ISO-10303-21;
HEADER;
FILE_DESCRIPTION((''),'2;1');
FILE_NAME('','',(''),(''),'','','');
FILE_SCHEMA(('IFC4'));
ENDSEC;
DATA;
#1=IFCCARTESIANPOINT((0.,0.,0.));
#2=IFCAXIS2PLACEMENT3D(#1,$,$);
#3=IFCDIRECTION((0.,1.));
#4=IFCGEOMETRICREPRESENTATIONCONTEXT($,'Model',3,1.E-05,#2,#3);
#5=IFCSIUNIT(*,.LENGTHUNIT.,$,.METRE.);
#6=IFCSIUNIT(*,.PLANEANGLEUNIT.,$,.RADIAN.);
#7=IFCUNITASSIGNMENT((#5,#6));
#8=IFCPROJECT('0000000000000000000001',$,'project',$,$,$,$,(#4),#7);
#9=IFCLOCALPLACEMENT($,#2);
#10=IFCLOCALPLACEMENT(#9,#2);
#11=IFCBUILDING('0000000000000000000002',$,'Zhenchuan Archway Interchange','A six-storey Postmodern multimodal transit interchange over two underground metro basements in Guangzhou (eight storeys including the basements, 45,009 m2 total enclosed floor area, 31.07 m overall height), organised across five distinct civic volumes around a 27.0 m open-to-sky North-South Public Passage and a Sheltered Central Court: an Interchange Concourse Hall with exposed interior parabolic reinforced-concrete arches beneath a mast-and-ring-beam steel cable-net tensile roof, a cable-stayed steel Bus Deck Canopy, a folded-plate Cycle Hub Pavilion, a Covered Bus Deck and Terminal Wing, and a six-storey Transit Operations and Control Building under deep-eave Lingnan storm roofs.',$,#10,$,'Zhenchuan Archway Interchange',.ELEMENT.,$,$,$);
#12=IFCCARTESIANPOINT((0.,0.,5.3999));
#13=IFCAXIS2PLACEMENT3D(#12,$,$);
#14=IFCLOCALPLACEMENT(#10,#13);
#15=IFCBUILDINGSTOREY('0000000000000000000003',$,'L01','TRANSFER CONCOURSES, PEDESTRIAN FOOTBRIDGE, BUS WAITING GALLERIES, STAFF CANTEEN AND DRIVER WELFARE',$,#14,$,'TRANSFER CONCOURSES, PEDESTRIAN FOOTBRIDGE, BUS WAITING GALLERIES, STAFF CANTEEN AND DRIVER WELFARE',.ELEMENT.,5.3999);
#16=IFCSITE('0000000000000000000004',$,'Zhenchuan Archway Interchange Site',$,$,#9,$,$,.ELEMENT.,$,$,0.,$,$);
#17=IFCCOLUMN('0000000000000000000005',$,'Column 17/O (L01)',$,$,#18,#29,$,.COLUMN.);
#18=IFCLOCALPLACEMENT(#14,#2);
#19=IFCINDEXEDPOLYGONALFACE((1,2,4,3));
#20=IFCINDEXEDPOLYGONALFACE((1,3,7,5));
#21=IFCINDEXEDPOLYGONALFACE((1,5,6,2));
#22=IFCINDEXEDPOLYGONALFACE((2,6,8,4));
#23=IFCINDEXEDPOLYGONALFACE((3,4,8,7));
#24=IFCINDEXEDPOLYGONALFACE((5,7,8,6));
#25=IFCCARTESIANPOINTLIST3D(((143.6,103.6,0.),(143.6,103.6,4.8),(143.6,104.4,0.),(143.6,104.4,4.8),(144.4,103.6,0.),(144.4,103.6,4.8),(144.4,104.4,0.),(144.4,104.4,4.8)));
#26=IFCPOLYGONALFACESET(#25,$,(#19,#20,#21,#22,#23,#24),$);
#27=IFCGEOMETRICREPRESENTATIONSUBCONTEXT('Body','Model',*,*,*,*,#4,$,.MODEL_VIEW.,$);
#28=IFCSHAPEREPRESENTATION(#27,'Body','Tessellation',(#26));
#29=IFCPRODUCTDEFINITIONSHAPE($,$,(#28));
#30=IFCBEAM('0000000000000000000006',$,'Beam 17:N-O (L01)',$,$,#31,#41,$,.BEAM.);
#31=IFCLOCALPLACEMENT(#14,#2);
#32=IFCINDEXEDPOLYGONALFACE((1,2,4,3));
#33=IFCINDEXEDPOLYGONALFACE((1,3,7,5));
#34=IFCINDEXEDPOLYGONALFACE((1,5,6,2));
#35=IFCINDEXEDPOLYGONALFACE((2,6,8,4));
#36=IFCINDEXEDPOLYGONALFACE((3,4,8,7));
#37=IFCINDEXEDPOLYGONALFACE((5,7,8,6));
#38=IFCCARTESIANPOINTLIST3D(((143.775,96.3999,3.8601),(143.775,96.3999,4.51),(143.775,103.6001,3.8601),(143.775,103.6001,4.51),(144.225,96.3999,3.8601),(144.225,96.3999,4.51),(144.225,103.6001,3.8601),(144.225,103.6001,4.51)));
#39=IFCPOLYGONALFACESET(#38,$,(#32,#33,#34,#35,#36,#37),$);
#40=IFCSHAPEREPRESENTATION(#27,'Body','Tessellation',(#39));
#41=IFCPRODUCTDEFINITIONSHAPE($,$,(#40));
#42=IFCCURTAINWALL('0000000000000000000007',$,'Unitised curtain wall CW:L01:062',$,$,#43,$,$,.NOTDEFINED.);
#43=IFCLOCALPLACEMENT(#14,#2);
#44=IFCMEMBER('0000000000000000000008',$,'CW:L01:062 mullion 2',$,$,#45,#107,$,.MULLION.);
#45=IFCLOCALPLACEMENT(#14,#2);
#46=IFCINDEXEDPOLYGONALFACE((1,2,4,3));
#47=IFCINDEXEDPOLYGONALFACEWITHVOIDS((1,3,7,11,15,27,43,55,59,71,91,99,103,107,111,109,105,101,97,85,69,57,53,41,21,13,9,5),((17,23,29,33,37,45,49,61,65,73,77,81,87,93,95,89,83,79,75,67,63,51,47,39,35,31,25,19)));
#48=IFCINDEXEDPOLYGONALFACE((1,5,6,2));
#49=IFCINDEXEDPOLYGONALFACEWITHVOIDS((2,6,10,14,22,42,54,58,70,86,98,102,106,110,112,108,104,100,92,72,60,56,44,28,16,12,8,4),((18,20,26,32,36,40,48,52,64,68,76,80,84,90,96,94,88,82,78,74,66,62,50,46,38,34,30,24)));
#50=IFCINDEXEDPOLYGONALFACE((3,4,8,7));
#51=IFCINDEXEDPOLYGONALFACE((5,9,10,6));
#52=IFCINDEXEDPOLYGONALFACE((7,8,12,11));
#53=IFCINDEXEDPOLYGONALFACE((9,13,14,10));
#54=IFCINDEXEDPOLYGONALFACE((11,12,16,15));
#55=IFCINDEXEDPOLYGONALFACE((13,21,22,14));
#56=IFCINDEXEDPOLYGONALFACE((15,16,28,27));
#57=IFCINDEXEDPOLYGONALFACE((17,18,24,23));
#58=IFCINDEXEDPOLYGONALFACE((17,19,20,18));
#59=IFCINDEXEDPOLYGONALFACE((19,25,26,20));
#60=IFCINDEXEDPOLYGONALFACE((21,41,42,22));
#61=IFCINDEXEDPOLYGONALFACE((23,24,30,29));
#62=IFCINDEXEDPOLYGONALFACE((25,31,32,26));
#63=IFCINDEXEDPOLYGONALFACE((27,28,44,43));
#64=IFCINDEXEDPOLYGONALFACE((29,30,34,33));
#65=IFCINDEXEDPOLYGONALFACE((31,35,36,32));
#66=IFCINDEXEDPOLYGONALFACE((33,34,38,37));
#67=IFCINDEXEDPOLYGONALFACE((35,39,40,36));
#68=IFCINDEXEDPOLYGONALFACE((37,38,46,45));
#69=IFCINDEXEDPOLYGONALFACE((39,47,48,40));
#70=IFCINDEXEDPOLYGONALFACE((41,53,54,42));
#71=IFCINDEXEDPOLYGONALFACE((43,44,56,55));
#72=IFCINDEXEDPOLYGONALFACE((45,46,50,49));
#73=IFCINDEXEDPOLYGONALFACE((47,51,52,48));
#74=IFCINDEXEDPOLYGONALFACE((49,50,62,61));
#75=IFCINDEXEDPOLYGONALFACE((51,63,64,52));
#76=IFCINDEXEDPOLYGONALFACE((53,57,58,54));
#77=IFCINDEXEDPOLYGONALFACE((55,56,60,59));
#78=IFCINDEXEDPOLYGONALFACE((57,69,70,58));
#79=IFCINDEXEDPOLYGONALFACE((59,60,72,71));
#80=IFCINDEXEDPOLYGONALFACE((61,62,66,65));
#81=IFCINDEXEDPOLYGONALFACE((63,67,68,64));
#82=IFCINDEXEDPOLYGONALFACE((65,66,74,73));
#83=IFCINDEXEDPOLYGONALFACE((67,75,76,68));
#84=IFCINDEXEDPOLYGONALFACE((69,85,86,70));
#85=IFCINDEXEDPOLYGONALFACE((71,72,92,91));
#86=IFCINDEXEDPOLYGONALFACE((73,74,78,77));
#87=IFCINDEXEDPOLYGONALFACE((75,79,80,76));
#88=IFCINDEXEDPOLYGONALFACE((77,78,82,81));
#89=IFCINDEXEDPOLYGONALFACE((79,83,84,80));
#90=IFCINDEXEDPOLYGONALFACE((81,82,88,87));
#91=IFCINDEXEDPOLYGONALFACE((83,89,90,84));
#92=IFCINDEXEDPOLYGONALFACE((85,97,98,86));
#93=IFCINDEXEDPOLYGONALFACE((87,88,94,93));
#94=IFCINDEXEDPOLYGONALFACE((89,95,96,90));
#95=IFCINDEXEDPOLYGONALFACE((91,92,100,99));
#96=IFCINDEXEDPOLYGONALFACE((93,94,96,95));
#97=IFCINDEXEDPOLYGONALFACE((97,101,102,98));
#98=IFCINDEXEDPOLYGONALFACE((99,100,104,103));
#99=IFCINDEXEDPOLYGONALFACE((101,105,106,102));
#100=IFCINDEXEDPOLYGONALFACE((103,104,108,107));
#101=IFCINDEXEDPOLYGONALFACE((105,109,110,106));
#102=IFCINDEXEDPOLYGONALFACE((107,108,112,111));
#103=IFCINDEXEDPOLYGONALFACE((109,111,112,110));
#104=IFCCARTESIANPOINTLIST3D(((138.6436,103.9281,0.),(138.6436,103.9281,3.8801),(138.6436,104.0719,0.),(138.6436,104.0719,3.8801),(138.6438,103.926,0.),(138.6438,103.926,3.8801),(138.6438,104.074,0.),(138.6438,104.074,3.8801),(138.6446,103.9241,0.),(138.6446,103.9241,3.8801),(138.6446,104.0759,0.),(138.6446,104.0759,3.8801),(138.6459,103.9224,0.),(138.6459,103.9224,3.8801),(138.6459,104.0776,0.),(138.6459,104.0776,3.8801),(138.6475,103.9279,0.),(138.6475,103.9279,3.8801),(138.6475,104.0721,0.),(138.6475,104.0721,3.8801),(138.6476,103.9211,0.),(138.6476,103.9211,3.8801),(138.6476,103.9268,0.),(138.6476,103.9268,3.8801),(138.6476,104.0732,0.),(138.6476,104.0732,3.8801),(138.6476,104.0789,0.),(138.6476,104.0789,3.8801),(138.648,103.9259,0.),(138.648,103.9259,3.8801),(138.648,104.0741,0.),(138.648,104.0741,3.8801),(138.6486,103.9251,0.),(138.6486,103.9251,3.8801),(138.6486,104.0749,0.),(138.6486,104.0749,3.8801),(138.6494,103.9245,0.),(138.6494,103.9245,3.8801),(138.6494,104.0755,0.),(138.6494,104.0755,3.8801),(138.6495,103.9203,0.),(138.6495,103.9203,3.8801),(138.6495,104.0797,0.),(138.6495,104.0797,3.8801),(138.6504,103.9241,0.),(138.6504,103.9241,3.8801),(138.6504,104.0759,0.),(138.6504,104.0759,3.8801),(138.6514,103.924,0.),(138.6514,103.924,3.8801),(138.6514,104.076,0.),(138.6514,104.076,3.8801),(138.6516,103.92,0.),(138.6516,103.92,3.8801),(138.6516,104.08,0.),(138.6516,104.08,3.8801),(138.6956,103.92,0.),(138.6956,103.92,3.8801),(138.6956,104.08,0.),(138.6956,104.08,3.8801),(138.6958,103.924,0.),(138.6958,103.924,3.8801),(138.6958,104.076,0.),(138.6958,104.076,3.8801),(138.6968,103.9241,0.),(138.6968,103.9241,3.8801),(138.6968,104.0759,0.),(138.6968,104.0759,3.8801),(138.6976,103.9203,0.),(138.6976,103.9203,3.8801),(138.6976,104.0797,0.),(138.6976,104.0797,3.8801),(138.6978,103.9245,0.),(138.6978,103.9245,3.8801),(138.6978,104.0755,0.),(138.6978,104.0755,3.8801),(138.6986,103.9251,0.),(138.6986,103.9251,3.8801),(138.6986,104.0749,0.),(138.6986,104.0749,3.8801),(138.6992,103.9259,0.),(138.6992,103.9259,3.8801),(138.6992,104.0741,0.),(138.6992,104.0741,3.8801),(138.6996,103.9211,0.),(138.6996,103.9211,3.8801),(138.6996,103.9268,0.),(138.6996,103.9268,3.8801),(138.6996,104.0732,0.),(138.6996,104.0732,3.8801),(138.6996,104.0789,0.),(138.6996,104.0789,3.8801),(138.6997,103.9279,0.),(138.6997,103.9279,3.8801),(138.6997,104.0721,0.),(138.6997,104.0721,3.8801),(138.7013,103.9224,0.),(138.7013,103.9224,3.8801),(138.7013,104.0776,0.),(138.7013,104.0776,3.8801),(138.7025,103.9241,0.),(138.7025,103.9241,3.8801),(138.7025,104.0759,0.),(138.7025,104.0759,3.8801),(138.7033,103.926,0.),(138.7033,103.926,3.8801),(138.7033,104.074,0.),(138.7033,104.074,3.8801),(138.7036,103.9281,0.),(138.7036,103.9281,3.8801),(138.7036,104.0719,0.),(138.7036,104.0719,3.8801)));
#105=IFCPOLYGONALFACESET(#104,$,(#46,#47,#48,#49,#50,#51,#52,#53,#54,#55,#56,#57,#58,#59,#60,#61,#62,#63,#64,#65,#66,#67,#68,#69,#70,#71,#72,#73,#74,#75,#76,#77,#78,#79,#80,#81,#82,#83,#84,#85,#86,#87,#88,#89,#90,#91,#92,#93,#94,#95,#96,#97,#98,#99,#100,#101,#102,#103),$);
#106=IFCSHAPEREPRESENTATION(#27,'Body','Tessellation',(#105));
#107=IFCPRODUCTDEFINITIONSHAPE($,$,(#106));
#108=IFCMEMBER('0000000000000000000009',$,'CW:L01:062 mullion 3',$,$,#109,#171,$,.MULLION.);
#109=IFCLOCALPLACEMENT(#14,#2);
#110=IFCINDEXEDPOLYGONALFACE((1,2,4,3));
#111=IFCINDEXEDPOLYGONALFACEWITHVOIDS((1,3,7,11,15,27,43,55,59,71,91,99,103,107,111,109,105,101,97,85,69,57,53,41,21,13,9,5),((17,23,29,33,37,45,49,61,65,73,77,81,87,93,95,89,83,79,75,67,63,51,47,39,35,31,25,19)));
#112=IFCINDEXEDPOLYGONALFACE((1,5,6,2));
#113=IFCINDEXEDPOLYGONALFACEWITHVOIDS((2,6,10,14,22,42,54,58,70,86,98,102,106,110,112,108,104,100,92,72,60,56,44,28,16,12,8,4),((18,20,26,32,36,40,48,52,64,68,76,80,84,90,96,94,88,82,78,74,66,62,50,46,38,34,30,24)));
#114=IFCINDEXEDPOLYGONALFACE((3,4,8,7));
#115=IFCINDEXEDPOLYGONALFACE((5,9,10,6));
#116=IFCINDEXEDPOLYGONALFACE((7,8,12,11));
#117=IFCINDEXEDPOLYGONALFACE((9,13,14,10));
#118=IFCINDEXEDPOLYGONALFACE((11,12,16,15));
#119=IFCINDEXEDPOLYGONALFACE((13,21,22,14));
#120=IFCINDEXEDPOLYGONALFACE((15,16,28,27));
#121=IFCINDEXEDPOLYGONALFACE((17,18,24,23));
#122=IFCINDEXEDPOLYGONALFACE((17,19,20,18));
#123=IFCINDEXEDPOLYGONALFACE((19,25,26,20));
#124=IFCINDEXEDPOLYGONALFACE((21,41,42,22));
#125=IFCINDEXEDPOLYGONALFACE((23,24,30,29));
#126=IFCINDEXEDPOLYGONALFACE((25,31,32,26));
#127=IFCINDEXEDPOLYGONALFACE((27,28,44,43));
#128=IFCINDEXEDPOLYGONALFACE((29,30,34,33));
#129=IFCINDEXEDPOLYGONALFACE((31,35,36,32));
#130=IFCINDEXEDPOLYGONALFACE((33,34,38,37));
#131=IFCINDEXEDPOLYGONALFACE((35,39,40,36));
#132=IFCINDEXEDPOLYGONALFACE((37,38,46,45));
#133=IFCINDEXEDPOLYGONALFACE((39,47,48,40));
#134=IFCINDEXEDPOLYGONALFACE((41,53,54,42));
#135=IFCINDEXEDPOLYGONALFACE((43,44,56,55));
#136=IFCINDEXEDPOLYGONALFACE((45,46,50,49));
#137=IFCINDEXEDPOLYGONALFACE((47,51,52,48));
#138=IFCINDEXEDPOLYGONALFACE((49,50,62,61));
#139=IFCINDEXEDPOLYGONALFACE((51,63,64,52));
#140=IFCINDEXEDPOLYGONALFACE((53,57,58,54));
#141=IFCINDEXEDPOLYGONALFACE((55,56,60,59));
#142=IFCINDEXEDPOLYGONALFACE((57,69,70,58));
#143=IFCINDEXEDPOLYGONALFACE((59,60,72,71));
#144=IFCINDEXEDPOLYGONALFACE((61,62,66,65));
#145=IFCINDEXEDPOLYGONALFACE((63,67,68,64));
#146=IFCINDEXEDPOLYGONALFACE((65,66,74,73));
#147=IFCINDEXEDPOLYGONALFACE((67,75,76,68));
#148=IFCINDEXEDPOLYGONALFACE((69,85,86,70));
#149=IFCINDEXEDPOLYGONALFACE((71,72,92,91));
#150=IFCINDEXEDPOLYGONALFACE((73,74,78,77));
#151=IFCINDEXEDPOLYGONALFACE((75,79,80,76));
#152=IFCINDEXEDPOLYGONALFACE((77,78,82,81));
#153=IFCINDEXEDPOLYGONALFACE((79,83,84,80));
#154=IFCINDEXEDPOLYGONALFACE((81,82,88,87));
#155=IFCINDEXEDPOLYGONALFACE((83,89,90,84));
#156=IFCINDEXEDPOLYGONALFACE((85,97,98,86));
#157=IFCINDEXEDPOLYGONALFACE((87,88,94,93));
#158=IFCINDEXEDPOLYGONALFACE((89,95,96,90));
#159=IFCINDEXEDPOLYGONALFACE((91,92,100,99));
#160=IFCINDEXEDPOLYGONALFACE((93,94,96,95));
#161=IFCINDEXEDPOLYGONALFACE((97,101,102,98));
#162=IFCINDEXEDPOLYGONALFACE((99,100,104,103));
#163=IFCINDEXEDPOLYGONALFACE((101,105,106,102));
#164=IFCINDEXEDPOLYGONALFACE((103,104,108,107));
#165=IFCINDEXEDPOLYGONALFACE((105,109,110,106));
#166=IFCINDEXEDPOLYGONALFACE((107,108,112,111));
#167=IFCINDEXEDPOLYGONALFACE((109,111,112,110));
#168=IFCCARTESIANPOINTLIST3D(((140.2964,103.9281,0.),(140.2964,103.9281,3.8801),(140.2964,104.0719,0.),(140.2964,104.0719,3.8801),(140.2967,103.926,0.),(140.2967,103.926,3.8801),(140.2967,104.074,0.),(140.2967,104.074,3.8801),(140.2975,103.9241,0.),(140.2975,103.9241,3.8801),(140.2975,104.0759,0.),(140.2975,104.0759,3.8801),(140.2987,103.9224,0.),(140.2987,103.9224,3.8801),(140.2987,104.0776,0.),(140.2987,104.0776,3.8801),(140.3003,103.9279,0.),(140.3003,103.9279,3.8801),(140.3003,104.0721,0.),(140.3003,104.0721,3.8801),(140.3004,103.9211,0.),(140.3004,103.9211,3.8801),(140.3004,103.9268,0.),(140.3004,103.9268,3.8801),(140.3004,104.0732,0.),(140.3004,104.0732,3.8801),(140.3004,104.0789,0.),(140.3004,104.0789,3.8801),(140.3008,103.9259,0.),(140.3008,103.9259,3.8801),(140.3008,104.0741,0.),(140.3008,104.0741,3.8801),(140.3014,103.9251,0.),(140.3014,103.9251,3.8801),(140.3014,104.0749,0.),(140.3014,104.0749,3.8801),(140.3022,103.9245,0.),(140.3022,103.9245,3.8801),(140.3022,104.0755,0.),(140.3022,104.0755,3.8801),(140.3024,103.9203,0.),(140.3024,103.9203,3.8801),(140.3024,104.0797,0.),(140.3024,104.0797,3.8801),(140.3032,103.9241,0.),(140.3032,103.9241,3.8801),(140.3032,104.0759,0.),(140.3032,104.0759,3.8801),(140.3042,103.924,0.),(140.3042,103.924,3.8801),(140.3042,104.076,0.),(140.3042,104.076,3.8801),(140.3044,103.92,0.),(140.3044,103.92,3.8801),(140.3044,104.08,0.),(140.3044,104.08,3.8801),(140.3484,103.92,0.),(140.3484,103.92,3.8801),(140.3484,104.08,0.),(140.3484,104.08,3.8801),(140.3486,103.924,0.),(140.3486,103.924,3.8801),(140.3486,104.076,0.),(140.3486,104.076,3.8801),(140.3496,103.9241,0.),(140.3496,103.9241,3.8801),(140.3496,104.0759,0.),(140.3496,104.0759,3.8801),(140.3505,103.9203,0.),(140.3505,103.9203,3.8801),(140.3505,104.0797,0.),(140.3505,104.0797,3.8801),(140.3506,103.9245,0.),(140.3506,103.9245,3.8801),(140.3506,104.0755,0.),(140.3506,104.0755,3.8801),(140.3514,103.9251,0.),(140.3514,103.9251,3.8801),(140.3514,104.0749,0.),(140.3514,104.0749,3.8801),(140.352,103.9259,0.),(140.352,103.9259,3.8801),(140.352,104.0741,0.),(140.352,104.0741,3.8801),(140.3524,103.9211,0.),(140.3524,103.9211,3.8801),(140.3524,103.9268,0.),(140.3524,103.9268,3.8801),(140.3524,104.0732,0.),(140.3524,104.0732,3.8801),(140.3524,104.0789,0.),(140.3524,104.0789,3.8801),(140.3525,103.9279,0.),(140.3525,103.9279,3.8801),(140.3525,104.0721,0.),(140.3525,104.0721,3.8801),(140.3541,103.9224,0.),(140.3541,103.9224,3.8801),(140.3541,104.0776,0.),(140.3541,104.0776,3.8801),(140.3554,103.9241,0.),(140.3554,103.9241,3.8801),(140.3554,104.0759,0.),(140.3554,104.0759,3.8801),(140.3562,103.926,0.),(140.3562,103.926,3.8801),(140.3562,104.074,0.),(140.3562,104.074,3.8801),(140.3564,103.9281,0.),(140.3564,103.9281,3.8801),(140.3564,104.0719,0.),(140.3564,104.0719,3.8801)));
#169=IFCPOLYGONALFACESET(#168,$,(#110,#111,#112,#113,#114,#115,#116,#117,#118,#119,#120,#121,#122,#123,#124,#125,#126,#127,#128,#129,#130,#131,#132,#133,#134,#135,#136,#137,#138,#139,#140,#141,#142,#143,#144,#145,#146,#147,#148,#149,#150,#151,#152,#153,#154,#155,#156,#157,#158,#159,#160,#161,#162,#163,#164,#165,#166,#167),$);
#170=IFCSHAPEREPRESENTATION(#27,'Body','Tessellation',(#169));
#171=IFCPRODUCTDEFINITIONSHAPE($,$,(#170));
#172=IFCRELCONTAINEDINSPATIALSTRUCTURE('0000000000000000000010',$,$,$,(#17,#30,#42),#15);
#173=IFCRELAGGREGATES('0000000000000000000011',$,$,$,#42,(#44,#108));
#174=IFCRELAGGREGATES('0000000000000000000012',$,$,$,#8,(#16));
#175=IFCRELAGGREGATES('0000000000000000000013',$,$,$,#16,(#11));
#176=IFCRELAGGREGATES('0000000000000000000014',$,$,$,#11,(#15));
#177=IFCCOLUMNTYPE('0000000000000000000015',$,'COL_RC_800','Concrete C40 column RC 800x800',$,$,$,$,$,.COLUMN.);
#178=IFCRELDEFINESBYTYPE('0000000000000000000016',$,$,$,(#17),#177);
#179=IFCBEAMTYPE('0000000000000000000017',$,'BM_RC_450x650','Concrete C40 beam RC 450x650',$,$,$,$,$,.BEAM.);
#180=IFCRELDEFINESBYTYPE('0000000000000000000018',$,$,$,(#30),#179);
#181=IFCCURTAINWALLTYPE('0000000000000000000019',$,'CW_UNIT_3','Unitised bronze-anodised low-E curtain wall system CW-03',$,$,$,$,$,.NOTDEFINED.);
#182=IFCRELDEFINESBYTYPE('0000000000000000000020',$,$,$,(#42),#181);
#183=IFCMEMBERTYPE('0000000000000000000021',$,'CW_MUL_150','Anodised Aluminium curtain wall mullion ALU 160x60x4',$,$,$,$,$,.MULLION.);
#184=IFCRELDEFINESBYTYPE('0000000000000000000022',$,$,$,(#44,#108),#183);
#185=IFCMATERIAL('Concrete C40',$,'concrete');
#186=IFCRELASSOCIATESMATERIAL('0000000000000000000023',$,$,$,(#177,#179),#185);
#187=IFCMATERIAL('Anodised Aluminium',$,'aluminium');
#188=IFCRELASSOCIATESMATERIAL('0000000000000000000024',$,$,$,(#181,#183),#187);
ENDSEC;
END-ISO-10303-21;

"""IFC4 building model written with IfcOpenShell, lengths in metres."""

from ifc_helpers import new_model, si_unit, direction, frame, origin, origin_2d, place, context, subcontext, project, spatial, rectangle, hollow_rectangle, extrude, material, material_profile, profile_set, type_object, element, aggregate, save


model = new_model("IFC4")

# Units and contexts
model_context = context("Model", 3, precision=1e-05, world=origin(), true_north=direction((0.0, 1.0)))
body_context = subcontext(model_context, "Body", "Model", "MODEL_VIEW")
ifc_project = project(units=[si_unit("LENGTHUNIT", "METRE"), si_unit("PLANEANGLEUNIT", "RADIAN")], contexts=[model_context])

# Site, building, storey
site_placement = place(None, origin())
site = spatial("IfcSite", under=ifc_project, at=site_placement, Name="Zhenchuan Archway Interchange Site", CompositionType="ELEMENT", RefElevation=0.0)
building_placement = place(site_placement, origin())
building = spatial("IfcBuilding", under=site, at=building_placement, Name="Zhenchuan Archway Interchange", Description="A six-storey Postmodern multimodal transit interchange over two underground metro basements in Guangzhou (eight storeys including the basements, 45,009 m2 total enclosed floor area, 31.07 m overall height), organised across five distinct civic volumes around a 27.0 m open-to-sky North-South Public Passage and a Sheltered Central Court: an Interchange Concourse Hall with exposed interior parabolic reinforced-concrete arches beneath a mast-and-ring-beam steel cable-net tensile roof, a cable-stayed steel Bus Deck Canopy, a folded-plate Cycle Hub Pavilion, a Covered Bus Deck and Terminal Wing, and a six-storey Transit Operations and Control Building under deep-eave Lingnan storm roofs.", LongName="Zhenchuan Archway Interchange", CompositionType="ELEMENT")
storey_placement = place(building_placement, frame((0.0, 0.0, 5.3999)))
storey = spatial("IfcBuildingStorey", under=building, at=storey_placement, Name="L01", Description="TRANSFER CONCOURSES, PEDESTRIAN FOOTBRIDGE, BUS WAITING GALLERIES, STAFF CANTEEN AND DRIVER WELFARE", LongName="TRANSFER CONCOURSES, PEDESTRIAN FOOTBRIDGE, BUS WAITING GALLERIES, STAFF CANTEEN AND DRIVER WELFARE", CompositionType="ELEMENT", Elevation=5.3999)

# Column
ifc_material_1 = material(Name="Concrete C40", Category="concrete")
ifc_material_profile_1 = material_profile(ifc_material_1, rectangle(XDim=0.8, YDim=0.8, at=origin_2d()), Name="RC 800x800")
ifc_profile_set_1 = profile_set([ifc_material_profile_1], Name="Concrete C40")
column_type = type_object("IfcColumnType", Name="COL_RC_800", Description="Concrete C40 column RC 800x800", PredefinedType="COLUMN", material=ifc_profile_set_1)
column_placement = place(storey_placement, frame((144.0, 104.0, 0.0), z_axis=(0.0, 0.0, 1.0), x_axis=(1.0, 0.0, 0.0)))
element("IfcColumn", 1, at=column_placement, inside=storey, type_object=column_type, Name="Column 17/O (L01)", PredefinedType="COLUMN", context=body_context, shape_type="SweptSolid", body=[
    extrude(rectangle(XDim=0.8, YDim=0.8, at=origin_2d()), origin(), (0.0, 0.0, 1.0), 4.8),
])

# Beam
ifc_material_profile_2 = material_profile(ifc_material_1, rectangle(XDim=0.45, YDim=0.6499, at=origin_2d()), Name="RC 450x650")
ifc_profile_set_2 = profile_set([ifc_material_profile_2], Name="Concrete C40")
beam_type_1 = type_object("IfcBeamType", Name="BM_RC_450x650", Description="Concrete C40 beam RC 450x650", PredefinedType="BEAM", material=ifc_profile_set_2)
beam_1_placement = place(storey_placement, frame((144.0, 96.3999, 4.1851), z_axis=(0.0, 1.0, 0.0), x_axis=(-1.0, 0.0, 0.0)))
element("IfcBeam", 2, at=beam_1_placement, inside=storey, type_object=beam_type_1, Name="Beam 17:N-O (L01)", PredefinedType="BEAM", context=body_context, shape_type="SweptSolid", body=[
    extrude(rectangle(XDim=0.45, YDim=0.6499, at=origin_2d()), origin(), (0.0, 0.0, 1.0), 7.2002),
])

# Curtain wall, members
ifc_material_2 = material(Name="Anodised Aluminium", Category="aluminium")
curtain_wall_type = type_object("IfcCurtainWallType", Name="CW_UNIT_3", Description="Unitised bronze-anodised low-E curtain wall system CW-03", PredefinedType="NOTDEFINED", material=ifc_material_2)
curtain_wall_placement = place(storey_placement, origin())
curtain_wall = element("IfcCurtainWall", 3, at=curtain_wall_placement, inside=storey, type_object=curtain_wall_type, Name="Unitised curtain wall CW:L01:062", PredefinedType="NOTDEFINED")
ifc_material_profile_3 = material_profile(ifc_material_2, hollow_rectangle(XDim=0.0601, YDim=0.1599, WallThickness=0.0039, InnerFilletRadius=0.0039, OuterFilletRadius=0.0081, at=origin_2d()), Name="ALU 160x60x4")
ifc_profile_set_3 = profile_set([ifc_material_profile_3], Name="Anodised Aluminium")
member_type_1 = type_object("IfcMemberType", Name="CW_MUL_150", Description="Anodised Aluminium curtain wall mullion ALU 160x60x4", PredefinedType="MULLION", material=ifc_profile_set_3)
member_1_placement = place(storey_placement, frame((138.6736, 104.0, 0.0), z_axis=(0.0, 0.0, 1.0), x_axis=(1.0, 0.0, 0.0)))
member_1 = element("IfcMember", 4, at=member_1_placement, type_object=member_type_1, Name="CW:L01:062 mullion 2", PredefinedType="MULLION", context=body_context, shape_type="SweptSolid", body=[
    extrude(hollow_rectangle(XDim=0.0601, YDim=0.1599, WallThickness=0.0039, InnerFilletRadius=0.0039, OuterFilletRadius=0.0081, at=origin_2d()), origin(), (0.0, 0.0, 1.0), 3.8801),
])
member_2_placement = place(storey_placement, frame((140.3264, 104.0, 0.0), z_axis=(0.0, 0.0, 1.0), x_axis=(1.0, 0.0, 0.0)))
member_2 = element("IfcMember", 5, at=member_2_placement, type_object=member_type_1, Name="CW:L01:062 mullion 3", PredefinedType="MULLION", context=body_context, shape_type="SweptSolid", body=[
    extrude(hollow_rectangle(XDim=0.0601, YDim=0.1599, WallThickness=0.0039, InnerFilletRadius=0.0039, OuterFilletRadius=0.0081, at=origin_2d()), origin(), (0.0, 0.0, 1.0), 3.8801),
])

aggregate(curtain_wall, [member_1, member_2])

save(model, "model.ifc")
